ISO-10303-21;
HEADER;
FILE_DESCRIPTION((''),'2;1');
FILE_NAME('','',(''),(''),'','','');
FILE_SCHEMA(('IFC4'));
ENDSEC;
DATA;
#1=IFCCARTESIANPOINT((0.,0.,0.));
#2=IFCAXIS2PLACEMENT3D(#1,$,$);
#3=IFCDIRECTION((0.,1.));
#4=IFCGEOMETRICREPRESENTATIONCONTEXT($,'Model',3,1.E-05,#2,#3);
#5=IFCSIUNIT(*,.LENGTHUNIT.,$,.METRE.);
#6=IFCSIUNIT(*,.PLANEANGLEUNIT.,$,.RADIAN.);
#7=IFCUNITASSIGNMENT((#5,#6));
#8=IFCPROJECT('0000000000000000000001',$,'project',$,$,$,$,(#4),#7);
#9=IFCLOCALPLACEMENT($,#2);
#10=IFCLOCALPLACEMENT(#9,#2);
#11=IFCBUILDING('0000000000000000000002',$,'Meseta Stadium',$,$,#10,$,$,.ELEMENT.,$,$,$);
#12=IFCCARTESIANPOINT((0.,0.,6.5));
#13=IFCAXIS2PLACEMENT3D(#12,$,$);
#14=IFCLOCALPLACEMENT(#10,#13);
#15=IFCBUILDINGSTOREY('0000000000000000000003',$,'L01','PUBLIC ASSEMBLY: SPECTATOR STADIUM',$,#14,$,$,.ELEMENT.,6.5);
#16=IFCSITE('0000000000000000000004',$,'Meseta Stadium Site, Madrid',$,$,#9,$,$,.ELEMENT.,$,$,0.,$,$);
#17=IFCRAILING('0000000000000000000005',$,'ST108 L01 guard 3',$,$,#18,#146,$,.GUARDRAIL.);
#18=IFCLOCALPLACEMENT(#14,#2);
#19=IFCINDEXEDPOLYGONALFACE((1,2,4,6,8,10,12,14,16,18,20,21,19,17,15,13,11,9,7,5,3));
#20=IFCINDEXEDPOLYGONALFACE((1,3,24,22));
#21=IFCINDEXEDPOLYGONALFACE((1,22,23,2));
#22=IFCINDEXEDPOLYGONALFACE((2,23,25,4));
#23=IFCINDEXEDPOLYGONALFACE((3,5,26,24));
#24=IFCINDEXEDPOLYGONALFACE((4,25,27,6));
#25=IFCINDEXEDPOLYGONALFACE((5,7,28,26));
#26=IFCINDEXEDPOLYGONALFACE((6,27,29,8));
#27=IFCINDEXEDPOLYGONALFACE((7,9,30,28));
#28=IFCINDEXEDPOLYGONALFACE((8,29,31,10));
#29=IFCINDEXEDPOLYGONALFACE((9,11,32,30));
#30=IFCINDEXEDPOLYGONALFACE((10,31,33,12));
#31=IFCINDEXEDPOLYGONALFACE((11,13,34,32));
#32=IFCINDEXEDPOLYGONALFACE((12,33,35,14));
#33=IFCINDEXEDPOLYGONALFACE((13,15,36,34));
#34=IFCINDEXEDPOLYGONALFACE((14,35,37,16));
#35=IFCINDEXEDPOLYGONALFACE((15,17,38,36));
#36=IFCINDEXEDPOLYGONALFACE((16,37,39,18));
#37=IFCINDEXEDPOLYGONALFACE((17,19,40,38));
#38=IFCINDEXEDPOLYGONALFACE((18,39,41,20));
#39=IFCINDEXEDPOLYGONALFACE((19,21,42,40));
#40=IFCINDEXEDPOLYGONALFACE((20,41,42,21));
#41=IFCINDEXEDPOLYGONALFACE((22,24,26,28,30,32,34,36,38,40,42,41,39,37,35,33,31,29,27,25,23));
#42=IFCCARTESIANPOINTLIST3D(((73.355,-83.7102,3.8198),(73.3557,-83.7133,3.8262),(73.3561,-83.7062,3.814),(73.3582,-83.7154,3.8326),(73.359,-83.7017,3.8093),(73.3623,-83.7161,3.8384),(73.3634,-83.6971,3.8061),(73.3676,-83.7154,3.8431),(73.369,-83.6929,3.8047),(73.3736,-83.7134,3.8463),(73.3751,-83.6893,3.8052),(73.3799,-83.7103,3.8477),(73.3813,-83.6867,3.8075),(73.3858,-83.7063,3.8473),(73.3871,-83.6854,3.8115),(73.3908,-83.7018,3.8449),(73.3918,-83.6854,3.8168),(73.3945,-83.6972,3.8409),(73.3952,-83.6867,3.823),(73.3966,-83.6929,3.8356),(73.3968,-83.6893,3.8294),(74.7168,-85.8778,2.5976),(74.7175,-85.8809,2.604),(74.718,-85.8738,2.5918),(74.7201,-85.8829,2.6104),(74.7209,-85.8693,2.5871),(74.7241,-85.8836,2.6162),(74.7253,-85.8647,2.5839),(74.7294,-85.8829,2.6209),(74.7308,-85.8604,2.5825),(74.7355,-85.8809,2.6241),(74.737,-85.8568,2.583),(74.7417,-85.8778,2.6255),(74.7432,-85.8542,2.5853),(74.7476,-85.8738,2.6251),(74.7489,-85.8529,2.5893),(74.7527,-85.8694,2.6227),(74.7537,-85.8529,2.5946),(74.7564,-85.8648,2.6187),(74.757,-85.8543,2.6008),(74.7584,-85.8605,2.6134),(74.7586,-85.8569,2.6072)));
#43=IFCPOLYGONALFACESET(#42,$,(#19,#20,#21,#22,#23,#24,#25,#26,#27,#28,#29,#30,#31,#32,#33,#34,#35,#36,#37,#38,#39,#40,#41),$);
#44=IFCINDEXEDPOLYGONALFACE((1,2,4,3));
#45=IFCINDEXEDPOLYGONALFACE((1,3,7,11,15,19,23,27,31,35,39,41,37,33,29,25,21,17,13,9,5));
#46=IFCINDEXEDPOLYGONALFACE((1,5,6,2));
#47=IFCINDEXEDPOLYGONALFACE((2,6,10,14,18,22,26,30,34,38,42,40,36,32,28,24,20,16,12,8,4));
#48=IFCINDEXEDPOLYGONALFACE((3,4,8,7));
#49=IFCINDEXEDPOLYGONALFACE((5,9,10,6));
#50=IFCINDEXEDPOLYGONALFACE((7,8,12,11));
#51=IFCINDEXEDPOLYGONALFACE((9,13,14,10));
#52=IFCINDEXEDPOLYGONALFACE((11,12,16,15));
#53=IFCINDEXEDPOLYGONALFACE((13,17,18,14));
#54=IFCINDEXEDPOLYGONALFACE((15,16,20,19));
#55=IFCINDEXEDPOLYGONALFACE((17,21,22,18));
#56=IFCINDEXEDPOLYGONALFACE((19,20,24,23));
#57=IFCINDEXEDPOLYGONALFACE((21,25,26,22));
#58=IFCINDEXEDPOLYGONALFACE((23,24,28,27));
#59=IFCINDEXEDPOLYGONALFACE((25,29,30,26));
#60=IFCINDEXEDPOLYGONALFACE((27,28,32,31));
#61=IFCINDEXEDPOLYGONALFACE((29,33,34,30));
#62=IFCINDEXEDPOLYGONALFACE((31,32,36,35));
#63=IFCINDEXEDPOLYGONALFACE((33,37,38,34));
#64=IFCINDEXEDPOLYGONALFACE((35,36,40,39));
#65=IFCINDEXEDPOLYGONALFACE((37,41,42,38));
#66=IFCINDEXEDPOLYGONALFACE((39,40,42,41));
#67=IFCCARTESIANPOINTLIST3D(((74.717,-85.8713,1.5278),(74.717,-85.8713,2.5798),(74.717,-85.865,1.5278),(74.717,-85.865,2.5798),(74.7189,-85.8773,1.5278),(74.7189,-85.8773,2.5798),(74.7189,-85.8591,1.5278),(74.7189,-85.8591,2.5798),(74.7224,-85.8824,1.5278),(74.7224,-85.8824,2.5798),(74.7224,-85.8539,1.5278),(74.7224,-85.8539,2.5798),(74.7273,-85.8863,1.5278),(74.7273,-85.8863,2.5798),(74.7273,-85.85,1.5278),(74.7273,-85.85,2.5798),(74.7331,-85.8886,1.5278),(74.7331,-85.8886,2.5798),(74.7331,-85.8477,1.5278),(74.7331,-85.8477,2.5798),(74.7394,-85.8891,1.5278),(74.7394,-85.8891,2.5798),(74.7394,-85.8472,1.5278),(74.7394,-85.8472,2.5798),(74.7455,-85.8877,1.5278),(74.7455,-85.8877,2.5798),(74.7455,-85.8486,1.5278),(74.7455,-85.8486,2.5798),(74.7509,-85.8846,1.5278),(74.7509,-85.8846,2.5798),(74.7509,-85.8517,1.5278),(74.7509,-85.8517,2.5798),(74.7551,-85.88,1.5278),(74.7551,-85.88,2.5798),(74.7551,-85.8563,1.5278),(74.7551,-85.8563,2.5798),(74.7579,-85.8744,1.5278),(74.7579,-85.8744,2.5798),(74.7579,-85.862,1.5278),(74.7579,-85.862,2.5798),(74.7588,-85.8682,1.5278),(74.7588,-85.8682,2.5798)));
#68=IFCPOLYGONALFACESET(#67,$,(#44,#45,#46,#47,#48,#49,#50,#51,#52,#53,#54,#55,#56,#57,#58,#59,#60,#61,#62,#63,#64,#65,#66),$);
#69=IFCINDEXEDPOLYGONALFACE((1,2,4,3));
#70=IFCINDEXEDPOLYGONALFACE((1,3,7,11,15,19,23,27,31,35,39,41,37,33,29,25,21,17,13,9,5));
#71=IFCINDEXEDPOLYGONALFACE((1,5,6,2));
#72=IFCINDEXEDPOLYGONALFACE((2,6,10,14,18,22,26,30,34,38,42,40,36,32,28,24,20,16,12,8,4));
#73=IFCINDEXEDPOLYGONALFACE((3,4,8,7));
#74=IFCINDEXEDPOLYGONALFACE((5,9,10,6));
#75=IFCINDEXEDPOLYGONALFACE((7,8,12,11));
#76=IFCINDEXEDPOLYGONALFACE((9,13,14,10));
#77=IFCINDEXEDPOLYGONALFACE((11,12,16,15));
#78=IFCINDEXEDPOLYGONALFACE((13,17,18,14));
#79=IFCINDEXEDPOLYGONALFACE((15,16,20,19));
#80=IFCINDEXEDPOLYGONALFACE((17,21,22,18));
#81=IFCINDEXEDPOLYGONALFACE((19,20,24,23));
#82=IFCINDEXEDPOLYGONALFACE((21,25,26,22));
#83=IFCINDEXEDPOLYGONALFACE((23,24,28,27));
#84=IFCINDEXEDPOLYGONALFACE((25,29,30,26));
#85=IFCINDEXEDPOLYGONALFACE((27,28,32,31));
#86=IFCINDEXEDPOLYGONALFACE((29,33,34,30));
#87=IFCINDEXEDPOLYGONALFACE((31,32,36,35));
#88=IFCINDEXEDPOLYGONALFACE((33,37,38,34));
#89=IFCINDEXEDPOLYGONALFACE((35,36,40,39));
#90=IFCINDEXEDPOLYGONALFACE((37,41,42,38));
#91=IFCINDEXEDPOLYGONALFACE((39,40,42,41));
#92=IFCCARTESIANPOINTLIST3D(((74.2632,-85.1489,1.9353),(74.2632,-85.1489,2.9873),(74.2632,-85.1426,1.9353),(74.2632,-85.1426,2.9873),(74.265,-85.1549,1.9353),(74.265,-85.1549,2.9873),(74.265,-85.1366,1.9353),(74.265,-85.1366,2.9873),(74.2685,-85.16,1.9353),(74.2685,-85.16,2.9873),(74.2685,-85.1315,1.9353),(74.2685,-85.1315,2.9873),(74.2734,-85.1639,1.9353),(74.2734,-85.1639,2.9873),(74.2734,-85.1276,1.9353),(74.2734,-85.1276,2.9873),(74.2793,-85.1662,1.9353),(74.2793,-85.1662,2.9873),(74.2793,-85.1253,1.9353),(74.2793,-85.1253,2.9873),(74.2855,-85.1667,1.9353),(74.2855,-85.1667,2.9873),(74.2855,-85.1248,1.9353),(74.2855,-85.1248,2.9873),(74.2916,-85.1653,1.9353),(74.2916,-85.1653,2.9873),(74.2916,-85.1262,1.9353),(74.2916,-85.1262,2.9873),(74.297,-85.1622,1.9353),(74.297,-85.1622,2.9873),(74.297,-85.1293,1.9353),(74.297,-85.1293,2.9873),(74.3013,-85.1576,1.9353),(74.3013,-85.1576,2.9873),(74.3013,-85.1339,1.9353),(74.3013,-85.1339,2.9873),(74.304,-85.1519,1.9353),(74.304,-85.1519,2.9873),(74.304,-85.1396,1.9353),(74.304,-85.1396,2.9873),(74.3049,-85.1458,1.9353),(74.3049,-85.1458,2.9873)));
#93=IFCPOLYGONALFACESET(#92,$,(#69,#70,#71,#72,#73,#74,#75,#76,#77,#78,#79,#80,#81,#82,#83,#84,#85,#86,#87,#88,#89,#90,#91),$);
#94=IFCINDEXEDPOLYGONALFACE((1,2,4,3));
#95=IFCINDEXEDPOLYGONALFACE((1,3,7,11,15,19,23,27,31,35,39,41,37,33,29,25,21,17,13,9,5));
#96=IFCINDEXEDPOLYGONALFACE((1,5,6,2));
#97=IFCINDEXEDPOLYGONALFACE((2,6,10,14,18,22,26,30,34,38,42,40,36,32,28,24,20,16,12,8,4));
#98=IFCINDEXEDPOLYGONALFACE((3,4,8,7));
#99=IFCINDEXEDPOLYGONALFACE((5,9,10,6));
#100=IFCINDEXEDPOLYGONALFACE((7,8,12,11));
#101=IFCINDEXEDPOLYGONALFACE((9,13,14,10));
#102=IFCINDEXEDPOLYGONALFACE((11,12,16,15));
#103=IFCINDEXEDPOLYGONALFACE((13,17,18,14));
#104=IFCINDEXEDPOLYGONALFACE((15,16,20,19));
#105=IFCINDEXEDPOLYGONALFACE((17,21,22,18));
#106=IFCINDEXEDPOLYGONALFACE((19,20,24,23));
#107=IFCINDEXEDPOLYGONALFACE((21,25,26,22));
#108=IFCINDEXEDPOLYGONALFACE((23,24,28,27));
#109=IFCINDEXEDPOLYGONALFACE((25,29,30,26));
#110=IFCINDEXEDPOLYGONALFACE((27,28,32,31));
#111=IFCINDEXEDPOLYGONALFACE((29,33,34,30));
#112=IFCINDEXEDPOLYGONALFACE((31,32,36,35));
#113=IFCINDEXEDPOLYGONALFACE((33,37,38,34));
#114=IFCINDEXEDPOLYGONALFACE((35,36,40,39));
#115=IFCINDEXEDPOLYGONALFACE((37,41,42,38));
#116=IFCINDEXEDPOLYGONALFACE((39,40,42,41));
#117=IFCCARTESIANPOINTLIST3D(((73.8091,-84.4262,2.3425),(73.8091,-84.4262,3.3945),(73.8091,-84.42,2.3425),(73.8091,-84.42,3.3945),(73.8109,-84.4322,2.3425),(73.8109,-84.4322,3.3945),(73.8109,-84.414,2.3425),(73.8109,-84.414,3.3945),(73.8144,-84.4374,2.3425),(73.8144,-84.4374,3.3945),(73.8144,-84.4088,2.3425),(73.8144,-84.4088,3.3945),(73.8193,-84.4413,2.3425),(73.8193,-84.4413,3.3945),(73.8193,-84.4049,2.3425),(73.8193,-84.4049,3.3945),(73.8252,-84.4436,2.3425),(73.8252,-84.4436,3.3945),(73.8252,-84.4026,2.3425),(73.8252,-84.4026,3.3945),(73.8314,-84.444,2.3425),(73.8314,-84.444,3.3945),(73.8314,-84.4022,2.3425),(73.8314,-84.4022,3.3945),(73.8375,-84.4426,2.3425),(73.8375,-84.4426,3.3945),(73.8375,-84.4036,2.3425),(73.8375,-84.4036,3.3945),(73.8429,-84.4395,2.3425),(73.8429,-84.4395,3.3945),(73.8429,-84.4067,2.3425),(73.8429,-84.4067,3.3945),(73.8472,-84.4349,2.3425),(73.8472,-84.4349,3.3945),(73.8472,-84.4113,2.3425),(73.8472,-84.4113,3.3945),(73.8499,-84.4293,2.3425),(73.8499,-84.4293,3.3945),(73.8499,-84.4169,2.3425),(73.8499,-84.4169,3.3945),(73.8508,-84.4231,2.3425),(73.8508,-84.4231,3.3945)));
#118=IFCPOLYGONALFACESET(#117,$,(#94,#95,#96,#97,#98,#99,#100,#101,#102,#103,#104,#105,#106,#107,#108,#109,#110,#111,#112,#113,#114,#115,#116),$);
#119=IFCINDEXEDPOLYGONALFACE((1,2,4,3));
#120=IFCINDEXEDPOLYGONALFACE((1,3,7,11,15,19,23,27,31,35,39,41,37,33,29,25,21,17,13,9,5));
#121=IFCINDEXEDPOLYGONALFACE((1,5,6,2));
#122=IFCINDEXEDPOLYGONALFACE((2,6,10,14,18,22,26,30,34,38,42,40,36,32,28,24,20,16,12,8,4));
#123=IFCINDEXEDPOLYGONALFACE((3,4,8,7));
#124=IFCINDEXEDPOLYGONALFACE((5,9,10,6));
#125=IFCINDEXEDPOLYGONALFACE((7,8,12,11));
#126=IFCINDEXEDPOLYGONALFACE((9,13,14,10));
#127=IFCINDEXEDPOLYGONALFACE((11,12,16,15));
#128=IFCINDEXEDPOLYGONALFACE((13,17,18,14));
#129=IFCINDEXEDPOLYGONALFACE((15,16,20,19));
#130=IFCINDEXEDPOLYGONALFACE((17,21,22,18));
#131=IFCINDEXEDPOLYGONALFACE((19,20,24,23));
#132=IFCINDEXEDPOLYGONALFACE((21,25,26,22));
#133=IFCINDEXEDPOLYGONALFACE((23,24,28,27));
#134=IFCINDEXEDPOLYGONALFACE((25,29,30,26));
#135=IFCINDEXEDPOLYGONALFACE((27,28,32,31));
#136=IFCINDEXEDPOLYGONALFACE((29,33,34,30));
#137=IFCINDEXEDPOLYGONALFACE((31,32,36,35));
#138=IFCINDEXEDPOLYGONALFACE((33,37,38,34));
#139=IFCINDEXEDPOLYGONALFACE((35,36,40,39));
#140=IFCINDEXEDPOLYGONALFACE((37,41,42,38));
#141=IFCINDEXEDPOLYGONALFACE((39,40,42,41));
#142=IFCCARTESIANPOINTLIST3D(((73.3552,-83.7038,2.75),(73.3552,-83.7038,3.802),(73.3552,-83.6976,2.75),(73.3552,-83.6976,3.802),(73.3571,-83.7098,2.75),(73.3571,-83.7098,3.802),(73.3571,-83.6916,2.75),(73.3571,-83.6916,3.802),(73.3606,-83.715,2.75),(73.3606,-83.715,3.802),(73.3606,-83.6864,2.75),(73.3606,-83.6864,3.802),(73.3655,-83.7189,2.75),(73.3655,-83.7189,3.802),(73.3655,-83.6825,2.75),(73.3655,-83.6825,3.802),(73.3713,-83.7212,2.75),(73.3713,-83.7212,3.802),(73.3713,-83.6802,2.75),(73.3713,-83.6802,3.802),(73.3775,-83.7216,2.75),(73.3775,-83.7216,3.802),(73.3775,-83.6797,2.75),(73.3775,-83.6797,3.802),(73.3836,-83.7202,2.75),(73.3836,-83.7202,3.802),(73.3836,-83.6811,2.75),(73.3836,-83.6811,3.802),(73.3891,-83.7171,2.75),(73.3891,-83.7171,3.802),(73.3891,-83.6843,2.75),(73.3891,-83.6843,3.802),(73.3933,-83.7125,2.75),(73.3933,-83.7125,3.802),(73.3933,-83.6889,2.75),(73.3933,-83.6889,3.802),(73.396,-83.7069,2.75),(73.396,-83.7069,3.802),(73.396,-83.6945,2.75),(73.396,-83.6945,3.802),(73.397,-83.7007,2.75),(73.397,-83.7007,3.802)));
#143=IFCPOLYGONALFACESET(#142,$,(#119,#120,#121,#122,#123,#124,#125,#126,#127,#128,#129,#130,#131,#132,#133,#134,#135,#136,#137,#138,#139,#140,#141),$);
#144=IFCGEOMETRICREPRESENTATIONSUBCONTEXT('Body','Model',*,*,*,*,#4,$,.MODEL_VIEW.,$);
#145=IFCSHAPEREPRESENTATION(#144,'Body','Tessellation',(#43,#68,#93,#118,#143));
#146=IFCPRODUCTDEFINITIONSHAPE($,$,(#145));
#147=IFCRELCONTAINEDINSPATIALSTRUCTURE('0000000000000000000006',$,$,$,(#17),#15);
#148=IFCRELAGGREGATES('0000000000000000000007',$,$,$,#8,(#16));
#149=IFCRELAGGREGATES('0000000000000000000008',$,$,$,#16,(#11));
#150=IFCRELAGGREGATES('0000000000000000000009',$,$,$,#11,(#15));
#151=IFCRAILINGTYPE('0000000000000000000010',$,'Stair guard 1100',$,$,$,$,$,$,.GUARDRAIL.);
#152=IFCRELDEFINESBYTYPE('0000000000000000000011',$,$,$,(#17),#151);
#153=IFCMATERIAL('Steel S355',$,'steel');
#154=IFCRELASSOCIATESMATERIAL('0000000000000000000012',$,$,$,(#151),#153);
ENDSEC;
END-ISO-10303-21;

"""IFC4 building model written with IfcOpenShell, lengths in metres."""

from ifc_helpers import new_model, si_unit, direction, frame, origin, origin_2d, place, context, subcontext, project, spatial, circle, extrude, material, type_object, element, save


model = new_model("IFC4")

# Units and contexts
model_context = context("Model", 3, precision=1e-05, world=origin(), true_north=direction((0.0, 1.0)))
body_context = subcontext(model_context, "Body", "Model", "MODEL_VIEW")
ifc_project = project(units=[si_unit("LENGTHUNIT", "METRE"), si_unit("PLANEANGLEUNIT", "RADIAN")], contexts=[model_context])

# Site, building, storey
site_placement = place(None, origin())
site = spatial("IfcSite", under=ifc_project, at=site_placement, Name="Meseta Stadium Site, Madrid", CompositionType="ELEMENT", RefElevation=0.0)
building_placement = place(site_placement, origin())
building = spatial("IfcBuilding", under=site, at=building_placement, Name="Meseta Stadium", CompositionType="ELEMENT")
storey_placement = place(building_placement, frame((0.0, 0.0, 6.5)))
storey = spatial("IfcBuildingStorey", under=building, at=storey_placement, Name="L01", Description="PUBLIC ASSEMBLY: SPECTATOR STADIUM", CompositionType="ELEMENT", Elevation=6.5)

# Railing
ifc_material_1 = material(Name="Steel S355", Category="steel")
railing_type_1 = type_object("IfcRailingType", Name="Stair guard 1100", PredefinedType="GUARDRAIL", material=ifc_material_1)
railing_1_placement = place(storey_placement, frame((74.7378, -85.8682, 1.5278)))
element("IfcRailing", 1, at=railing_1_placement, inside=storey, type_object=railing_type_1, Name="ST108 L01 guard 3", PredefinedType="GUARDRAIL", context=body_context, shape_type="SweptSolid", body=[
    extrude(circle(Radius=0.0239, at=origin_2d()), frame((0.0, 0.0, 1.0762), z_axis=(-0.48009, 0.764116, 0.430859), x_axis=(-0.846742, -0.532004, 0.0)), (0.0, 0.0, 1.0), 2.8367),
    extrude(circle(Radius=0.021, at=origin_2d()), origin(), (0.0, 0.0, 1.0), 1.052),
    extrude(circle(Radius=0.021, at=origin_2d()), frame((-0.4539, 0.7224, 0.4075)), (0.0, 0.0, 1.0), 1.052),
    extrude(circle(Radius=0.021, at=origin_2d()), frame((-0.908, 1.4451, 0.8147)), (0.0, 0.0, 1.0), 1.052),
    extrude(circle(Radius=0.021, at=origin_2d()), frame((-1.3618, 2.1675, 1.2222)), (0.0, 0.0, 1.0), 1.052),
])

save(model, "model.ifc")
